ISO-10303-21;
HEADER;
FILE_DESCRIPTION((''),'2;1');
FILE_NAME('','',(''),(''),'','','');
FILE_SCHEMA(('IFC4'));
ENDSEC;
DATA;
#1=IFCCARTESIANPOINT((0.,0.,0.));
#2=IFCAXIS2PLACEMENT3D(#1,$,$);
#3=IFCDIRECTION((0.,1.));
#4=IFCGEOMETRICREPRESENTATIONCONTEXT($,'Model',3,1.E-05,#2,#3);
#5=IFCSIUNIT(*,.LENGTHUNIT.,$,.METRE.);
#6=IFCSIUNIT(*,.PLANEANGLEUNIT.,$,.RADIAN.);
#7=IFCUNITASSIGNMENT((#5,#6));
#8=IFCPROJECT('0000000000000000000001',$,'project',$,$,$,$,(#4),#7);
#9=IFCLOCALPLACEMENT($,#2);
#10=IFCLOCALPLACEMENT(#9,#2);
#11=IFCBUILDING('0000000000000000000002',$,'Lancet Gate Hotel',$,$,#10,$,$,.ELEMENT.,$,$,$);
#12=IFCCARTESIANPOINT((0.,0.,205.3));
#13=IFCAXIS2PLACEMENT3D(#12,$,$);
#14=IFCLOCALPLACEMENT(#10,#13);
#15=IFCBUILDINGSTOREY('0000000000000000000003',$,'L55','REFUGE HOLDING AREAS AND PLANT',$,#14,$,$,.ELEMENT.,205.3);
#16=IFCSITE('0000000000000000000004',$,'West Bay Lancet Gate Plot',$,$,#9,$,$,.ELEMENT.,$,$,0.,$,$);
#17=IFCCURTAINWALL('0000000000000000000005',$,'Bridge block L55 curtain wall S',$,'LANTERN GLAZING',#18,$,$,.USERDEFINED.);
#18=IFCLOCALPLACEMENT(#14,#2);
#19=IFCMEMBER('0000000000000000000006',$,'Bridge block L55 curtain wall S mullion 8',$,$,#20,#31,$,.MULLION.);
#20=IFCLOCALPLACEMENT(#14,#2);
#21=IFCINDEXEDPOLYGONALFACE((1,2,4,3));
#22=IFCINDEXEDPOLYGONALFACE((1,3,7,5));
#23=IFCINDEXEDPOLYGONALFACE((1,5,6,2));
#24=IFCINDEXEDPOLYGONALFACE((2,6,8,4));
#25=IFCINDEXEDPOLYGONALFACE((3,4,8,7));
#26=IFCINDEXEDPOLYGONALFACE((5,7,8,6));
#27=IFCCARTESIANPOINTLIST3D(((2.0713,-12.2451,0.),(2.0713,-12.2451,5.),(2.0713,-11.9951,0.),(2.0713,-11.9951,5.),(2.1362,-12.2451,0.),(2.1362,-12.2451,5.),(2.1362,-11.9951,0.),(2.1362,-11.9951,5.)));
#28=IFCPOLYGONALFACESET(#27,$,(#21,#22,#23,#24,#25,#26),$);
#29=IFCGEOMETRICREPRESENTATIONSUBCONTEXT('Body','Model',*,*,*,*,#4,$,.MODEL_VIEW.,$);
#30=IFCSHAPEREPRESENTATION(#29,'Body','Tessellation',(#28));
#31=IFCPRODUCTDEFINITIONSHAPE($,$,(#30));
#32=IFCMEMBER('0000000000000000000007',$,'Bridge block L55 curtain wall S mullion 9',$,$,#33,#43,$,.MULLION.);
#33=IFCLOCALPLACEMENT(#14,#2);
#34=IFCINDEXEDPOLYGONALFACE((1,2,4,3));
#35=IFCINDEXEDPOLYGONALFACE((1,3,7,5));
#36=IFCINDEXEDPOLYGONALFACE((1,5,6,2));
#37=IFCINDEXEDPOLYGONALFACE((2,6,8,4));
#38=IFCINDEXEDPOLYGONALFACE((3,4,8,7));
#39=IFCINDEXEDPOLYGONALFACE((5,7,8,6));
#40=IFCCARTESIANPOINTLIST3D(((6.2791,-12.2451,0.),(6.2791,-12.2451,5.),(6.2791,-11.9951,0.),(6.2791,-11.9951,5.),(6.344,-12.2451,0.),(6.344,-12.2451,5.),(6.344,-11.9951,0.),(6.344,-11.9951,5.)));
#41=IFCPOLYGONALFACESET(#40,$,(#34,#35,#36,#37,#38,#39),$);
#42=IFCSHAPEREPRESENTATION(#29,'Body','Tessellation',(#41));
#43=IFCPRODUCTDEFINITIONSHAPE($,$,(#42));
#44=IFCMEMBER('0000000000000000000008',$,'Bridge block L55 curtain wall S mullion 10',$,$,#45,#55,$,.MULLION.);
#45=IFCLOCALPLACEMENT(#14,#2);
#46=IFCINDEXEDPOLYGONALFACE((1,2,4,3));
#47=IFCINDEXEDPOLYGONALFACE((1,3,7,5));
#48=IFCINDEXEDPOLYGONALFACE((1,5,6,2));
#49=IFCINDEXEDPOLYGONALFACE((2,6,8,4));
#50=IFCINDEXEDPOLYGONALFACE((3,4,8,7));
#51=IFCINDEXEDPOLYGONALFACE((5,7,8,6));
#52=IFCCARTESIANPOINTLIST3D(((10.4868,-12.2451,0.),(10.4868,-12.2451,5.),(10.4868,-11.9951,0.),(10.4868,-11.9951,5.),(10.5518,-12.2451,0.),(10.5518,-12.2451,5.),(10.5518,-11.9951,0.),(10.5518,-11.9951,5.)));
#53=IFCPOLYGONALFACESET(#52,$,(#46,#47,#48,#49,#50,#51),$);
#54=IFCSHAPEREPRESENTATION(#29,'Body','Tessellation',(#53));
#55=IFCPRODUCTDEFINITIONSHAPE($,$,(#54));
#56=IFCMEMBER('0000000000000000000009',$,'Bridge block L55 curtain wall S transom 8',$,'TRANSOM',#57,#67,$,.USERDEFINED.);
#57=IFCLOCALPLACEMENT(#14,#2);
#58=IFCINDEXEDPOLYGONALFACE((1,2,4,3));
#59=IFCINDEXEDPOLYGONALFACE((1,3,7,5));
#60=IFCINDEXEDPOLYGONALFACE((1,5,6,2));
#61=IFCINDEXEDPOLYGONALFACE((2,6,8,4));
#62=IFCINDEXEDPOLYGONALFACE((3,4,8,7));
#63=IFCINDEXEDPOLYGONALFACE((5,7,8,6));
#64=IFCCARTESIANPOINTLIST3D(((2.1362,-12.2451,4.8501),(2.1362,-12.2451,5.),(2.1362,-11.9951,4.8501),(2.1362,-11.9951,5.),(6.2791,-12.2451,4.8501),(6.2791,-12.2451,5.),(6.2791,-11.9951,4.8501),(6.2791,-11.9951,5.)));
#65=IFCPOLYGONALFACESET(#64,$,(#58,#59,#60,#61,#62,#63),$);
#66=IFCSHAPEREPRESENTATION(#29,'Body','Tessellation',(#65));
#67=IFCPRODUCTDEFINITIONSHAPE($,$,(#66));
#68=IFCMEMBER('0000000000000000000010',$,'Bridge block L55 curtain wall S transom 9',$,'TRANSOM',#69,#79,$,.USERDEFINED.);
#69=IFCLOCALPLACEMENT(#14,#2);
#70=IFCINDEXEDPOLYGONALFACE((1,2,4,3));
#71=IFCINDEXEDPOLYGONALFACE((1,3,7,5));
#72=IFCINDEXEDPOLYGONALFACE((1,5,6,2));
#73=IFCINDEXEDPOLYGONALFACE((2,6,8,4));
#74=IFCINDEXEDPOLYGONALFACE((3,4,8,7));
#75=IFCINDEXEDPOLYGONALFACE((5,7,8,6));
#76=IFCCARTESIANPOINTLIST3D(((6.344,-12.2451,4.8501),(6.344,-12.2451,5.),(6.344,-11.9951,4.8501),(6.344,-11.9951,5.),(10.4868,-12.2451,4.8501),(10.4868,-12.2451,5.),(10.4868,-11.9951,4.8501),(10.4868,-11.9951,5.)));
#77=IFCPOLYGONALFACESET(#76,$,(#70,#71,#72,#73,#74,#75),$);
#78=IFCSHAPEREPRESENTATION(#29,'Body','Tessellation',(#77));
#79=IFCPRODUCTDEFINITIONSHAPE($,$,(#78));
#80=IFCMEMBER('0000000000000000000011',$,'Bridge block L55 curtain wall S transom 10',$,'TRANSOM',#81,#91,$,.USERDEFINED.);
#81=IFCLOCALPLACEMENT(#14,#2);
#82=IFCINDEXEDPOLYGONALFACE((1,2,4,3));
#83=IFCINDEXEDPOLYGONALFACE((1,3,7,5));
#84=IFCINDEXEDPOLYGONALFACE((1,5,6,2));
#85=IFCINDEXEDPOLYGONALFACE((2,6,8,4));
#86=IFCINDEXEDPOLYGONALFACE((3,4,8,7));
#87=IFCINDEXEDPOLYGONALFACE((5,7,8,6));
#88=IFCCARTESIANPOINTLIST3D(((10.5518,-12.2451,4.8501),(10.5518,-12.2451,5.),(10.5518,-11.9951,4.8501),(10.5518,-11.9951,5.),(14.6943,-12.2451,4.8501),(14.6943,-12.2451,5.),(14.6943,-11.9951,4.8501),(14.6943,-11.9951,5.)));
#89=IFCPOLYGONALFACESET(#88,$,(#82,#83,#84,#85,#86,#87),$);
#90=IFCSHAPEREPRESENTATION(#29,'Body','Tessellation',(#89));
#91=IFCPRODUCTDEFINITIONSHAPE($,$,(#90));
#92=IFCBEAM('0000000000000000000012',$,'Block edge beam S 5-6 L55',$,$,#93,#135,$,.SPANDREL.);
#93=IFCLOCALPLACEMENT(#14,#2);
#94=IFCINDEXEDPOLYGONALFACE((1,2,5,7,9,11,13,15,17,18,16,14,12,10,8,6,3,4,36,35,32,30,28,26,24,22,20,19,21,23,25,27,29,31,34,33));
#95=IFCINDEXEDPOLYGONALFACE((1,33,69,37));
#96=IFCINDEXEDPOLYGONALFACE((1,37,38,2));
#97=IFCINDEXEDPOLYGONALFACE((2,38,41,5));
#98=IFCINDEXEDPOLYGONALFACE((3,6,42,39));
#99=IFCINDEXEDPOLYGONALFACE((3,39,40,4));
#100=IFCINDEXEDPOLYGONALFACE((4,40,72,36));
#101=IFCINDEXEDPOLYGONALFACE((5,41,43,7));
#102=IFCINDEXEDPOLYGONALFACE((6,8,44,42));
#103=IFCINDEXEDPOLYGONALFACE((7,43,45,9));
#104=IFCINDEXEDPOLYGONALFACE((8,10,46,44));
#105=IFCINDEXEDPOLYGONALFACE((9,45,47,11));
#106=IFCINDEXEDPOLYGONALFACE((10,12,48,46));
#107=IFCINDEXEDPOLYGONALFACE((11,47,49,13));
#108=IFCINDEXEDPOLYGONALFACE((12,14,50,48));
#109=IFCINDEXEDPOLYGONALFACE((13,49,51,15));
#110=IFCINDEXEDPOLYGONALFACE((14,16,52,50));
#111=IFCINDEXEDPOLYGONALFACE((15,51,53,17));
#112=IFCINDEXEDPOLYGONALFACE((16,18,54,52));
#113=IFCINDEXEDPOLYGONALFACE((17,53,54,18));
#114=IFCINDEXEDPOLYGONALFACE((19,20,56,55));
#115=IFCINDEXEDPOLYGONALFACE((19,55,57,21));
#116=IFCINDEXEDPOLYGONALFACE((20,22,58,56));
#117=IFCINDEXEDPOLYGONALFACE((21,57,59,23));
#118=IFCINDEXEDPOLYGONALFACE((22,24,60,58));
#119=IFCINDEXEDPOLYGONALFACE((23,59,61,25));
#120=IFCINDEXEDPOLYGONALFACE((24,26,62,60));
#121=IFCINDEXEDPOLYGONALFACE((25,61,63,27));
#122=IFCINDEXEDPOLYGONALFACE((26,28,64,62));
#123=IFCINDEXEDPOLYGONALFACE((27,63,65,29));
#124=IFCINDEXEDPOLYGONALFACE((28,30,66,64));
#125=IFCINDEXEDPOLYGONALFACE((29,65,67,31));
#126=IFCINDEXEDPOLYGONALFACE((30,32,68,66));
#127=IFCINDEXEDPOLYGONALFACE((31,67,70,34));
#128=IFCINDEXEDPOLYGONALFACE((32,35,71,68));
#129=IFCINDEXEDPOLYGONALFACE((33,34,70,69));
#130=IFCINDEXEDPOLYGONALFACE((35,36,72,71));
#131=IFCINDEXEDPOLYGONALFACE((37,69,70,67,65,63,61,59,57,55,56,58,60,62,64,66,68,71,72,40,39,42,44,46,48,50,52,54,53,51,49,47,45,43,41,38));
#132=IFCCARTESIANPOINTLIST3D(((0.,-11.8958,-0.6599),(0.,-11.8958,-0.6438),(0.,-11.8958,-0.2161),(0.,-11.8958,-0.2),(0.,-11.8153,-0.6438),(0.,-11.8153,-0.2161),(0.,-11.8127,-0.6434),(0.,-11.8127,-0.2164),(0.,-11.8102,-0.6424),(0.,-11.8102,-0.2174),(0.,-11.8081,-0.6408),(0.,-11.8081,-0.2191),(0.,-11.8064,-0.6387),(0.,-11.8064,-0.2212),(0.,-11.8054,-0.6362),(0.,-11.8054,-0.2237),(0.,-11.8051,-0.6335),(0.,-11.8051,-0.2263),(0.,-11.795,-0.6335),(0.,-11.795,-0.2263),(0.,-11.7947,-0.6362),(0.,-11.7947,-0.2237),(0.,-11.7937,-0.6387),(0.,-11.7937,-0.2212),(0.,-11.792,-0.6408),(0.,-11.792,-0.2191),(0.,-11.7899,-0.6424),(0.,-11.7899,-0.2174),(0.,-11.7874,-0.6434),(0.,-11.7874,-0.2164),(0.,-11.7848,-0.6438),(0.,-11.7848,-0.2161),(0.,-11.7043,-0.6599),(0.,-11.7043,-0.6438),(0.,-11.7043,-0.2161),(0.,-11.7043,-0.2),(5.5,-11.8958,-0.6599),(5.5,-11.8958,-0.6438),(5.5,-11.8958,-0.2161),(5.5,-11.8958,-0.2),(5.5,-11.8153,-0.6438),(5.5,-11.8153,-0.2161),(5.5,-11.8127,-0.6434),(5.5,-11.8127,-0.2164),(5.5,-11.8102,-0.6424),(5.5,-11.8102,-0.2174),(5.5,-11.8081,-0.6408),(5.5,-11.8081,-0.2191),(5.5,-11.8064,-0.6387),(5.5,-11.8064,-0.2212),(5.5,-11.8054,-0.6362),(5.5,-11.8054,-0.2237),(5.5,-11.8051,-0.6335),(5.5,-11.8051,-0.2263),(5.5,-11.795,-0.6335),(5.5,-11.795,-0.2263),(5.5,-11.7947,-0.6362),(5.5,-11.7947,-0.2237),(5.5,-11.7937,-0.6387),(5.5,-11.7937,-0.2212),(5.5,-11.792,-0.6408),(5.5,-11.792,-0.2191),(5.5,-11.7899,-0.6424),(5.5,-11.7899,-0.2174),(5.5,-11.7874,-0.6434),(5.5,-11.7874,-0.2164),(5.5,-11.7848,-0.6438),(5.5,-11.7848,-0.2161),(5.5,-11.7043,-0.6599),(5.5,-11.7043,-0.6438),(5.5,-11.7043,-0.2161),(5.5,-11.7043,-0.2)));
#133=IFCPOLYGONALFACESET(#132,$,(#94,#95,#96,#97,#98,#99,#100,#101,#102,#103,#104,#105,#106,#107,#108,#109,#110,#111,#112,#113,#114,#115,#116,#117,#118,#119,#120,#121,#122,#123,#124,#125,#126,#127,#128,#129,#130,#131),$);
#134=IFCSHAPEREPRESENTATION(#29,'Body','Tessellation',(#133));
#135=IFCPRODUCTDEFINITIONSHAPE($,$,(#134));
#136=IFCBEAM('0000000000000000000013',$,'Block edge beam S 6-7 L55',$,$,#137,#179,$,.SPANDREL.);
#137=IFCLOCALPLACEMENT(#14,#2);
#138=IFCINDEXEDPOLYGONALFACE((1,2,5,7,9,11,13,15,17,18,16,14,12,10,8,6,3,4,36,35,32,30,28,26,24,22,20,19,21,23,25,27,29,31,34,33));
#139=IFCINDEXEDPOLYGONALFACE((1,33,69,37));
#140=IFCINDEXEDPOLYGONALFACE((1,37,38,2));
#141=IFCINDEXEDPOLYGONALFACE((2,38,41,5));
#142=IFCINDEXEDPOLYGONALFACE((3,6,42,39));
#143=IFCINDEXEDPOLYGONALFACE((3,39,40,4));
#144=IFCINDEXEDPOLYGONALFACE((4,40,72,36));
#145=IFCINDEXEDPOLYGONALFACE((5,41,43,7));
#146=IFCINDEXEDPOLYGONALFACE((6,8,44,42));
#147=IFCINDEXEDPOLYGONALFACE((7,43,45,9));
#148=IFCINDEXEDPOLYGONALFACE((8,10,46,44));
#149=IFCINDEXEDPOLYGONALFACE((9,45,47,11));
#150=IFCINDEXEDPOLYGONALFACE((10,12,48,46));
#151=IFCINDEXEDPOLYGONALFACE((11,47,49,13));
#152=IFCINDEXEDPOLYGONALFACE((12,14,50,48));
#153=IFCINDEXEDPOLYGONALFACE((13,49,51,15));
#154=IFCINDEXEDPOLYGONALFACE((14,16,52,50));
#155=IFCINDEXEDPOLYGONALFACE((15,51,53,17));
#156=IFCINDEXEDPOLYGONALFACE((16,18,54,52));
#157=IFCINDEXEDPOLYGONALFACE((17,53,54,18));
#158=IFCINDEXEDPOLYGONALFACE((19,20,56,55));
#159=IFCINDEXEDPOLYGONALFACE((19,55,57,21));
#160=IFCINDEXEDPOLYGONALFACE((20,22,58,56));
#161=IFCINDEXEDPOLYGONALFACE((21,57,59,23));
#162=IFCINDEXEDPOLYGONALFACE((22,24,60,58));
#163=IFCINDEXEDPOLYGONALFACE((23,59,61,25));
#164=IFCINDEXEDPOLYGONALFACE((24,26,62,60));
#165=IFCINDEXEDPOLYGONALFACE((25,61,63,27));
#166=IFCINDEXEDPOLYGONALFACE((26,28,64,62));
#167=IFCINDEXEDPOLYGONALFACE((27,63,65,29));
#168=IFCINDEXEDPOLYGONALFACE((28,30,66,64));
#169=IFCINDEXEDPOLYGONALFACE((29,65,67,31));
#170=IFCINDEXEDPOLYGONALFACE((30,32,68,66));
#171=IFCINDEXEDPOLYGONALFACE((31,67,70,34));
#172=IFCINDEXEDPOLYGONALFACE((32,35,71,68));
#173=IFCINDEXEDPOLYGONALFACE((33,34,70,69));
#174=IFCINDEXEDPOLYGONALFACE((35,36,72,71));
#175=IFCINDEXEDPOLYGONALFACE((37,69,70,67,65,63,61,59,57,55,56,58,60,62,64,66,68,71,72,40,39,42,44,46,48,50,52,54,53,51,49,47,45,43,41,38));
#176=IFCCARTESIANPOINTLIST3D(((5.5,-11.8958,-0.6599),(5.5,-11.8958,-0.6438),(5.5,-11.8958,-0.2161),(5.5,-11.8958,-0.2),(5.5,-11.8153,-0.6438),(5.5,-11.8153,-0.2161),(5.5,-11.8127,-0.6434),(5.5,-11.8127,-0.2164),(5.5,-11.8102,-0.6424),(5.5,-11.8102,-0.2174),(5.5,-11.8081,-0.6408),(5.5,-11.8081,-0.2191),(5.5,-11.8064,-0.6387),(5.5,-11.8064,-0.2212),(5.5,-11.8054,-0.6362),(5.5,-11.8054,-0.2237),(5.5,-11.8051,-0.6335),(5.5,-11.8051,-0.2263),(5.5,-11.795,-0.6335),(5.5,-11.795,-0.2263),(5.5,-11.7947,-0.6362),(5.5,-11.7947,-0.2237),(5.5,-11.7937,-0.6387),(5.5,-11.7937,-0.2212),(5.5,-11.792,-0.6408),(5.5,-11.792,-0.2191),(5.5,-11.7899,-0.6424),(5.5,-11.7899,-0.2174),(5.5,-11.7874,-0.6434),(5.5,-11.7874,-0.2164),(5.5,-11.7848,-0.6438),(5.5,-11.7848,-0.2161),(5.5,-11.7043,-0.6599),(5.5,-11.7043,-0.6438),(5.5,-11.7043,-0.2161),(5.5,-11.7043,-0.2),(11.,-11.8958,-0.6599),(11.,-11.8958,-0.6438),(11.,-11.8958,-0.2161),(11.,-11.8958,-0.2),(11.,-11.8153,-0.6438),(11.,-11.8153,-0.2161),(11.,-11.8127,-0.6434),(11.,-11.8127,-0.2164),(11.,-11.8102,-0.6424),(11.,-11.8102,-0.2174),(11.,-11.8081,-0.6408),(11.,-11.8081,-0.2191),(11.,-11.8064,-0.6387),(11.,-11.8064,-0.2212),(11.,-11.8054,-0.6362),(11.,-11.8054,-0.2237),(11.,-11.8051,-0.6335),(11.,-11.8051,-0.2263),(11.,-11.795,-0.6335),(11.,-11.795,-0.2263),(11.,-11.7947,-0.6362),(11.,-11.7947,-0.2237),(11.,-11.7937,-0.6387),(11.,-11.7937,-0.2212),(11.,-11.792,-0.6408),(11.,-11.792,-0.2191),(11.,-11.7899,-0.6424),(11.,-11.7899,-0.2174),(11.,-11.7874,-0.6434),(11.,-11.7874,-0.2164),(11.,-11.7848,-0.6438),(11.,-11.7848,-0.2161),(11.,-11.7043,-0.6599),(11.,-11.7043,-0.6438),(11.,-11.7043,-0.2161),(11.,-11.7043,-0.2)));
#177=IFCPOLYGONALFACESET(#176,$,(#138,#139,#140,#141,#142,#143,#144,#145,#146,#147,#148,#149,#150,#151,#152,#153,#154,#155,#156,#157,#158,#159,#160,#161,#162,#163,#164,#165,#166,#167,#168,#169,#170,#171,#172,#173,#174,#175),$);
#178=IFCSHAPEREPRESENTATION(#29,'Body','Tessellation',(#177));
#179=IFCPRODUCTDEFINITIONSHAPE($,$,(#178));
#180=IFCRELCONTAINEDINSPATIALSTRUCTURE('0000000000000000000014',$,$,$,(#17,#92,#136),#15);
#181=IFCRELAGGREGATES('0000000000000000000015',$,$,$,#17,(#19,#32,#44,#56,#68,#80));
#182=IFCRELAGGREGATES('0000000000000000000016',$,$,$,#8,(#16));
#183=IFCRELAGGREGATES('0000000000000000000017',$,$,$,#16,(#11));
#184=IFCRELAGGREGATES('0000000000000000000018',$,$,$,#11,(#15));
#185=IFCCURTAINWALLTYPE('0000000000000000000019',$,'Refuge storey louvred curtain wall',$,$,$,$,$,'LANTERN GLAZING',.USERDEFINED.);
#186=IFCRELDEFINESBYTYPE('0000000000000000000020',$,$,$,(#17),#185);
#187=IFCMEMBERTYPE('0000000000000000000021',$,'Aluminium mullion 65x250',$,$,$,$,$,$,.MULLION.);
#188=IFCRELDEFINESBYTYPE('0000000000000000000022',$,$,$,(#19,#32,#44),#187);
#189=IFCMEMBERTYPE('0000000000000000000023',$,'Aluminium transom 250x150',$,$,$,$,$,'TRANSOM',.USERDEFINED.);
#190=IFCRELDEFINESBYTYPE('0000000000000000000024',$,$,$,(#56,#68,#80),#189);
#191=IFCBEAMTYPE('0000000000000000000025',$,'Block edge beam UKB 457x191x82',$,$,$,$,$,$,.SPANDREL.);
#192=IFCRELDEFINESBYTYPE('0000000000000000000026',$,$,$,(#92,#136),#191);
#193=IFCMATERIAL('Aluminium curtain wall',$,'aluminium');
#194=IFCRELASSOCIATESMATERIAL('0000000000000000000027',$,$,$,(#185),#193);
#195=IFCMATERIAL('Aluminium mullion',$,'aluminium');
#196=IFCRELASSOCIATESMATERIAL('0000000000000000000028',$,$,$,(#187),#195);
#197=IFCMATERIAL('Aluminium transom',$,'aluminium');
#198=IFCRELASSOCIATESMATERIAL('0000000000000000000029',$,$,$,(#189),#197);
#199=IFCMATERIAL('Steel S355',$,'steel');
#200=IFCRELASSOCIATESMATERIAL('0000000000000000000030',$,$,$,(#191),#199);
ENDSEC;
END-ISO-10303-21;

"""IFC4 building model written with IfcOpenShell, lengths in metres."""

from ifc_helpers import new_model, si_unit, direction, frame, origin, origin_2d, place, context, subcontext, project, spatial, rectangle, i_section, extrude, material, material_profile, profile_set, type_object, element, aggregate, save


model = new_model("IFC4")

# Units and contexts
model_context = context("Model", 3, precision=1e-05, world=origin(), true_north=direction((0.0, 1.0)))
body_context = subcontext(model_context, "Body", "Model", "MODEL_VIEW")
ifc_project = project(units=[si_unit("LENGTHUNIT", "METRE"), si_unit("PLANEANGLEUNIT", "RADIAN")], contexts=[model_context])

# Site, building, storey
site_placement = place(None, origin())
site = spatial("IfcSite", under=ifc_project, at=site_placement, Name="West Bay Lancet Gate Plot", CompositionType="ELEMENT", RefElevation=0.0)
building_placement = place(site_placement, origin())
building = spatial("IfcBuilding", under=site, at=building_placement, Name="Lancet Gate Hotel", CompositionType="ELEMENT")
storey_placement = place(building_placement, frame((0.0, 0.0, 205.3)))
storey = spatial("IfcBuildingStorey", under=building, at=storey_placement, Name="L55", Description="REFUGE HOLDING AREAS AND PLANT", CompositionType="ELEMENT", Elevation=205.3)

# Curtain wall, members
ifc_material_1 = material(Name="Aluminium curtain wall", Category="aluminium")
curtain_wall_type = type_object("IfcCurtainWallType", Name="Refuge storey louvred curtain wall", ElementType="LANTERN GLAZING", PredefinedType="USERDEFINED", material=ifc_material_1)
curtain_wall_placement = place(storey_placement, origin())
curtain_wall = element("IfcCurtainWall", 1, at=curtain_wall_placement, inside=storey, type_object=curtain_wall_type, Name="Bridge block L55 curtain wall S", ObjectType="LANTERN GLAZING", PredefinedType="USERDEFINED")
ifc_material_2 = material(Name="Aluminium mullion", Category="aluminium")
ifc_material_profile_1 = material_profile(ifc_material_2, rectangle(XDim=0.0649, YDim=0.25, at=origin_2d()), Name="MULLION 65x250")
ifc_profile_set_1 = profile_set([ifc_material_profile_1], Name="Aluminium mullion")
member_type_1 = type_object("IfcMemberType", Name="Aluminium mullion 65x250", PredefinedType="MULLION", material=ifc_profile_set_1)
member_1_placement = place(storey_placement, frame((2.1038, -12.1201, 0.0), z_axis=(0.0, 0.0, 1.0), x_axis=(1.0, 0.0, 0.0)))
member_1 = element("IfcMember", 2, at=member_1_placement, type_object=member_type_1, Name="Bridge block L55 curtain wall S mullion 8", PredefinedType="MULLION", context=body_context, shape_type="SweptSolid", body=[
    extrude(rectangle(XDim=0.0649, YDim=0.25, at=origin_2d()), origin(), (0.0, 0.0, 1.0), 5.0),
])
member_2_placement = place(storey_placement, frame((6.3115, -12.1201, 0.0), z_axis=(0.0, 0.0, 1.0), x_axis=(1.0, 0.0, 0.0)))
member_2 = element("IfcMember", 3, at=member_2_placement, type_object=member_type_1, Name="Bridge block L55 curtain wall S mullion 9", PredefinedType="MULLION", context=body_context, shape_type="SweptSolid", body=[
    extrude(rectangle(XDim=0.0649, YDim=0.25, at=origin_2d()), origin(), (0.0, 0.0, 1.0), 5.0),
])
member_3_placement = place(storey_placement, frame((10.5193, -12.1201, 0.0), z_axis=(0.0, 0.0, 1.0), x_axis=(1.0, 0.0, 0.0)))
member_3 = element("IfcMember", 4, at=member_3_placement, type_object=member_type_1, Name="Bridge block L55 curtain wall S mullion 10", PredefinedType="MULLION", context=body_context, shape_type="SweptSolid", body=[
    extrude(rectangle(XDim=0.0649, YDim=0.25, at=origin_2d()), origin(), (0.0, 0.0, 1.0), 5.0),
])
ifc_material_3 = material(Name="Aluminium transom", Category="aluminium")
ifc_material_profile_2 = material_profile(ifc_material_3, rectangle(XDim=0.25, YDim=0.1499, at=origin_2d()), Name="TRANSOM 250x150")
ifc_profile_set_2 = profile_set([ifc_material_profile_2], Name="Aluminium transom")
member_type_2 = type_object("IfcMemberType", Name="Aluminium transom 250x150", ElementType="TRANSOM", PredefinedType="USERDEFINED", material=ifc_profile_set_2)
member_4_placement = place(storey_placement, frame((2.1362, -12.1201, 4.925), z_axis=(1.0, 0.0, 0.0), x_axis=(0.0, 1.0, 0.0)))
member_4 = element("IfcMember", 5, at=member_4_placement, type_object=member_type_2, Name="Bridge block L55 curtain wall S transom 8", ObjectType="TRANSOM", PredefinedType="USERDEFINED", context=body_context, shape_type="SweptSolid", body=[
    extrude(rectangle(XDim=0.25, YDim=0.1499, at=origin_2d()), origin(), (0.0, 0.0, 1.0), 4.1428),
])
member_5_placement = place(storey_placement, frame((6.344, -12.1201, 4.925), z_axis=(1.0, 0.0, 0.0), x_axis=(0.0, 1.0, 0.0)))
member_5 = element("IfcMember", 6, at=member_5_placement, type_object=member_type_2, Name="Bridge block L55 curtain wall S transom 9", ObjectType="TRANSOM", PredefinedType="USERDEFINED", context=body_context, shape_type="SweptSolid", body=[
    extrude(rectangle(XDim=0.25, YDim=0.1499, at=origin_2d()), origin(), (0.0, 0.0, 1.0), 4.1428),
])
member_6_placement = place(storey_placement, frame((10.5518, -12.1201, 4.925), z_axis=(1.0, 0.0, 0.0), x_axis=(0.0, 1.0, 0.0)))
member_6 = element("IfcMember", 7, at=member_6_placement, type_object=member_type_2, Name="Bridge block L55 curtain wall S transom 10", ObjectType="TRANSOM", PredefinedType="USERDEFINED", context=body_context, shape_type="SweptSolid", body=[
    extrude(rectangle(XDim=0.25, YDim=0.1499, at=origin_2d()), origin(), (0.0, 0.0, 1.0), 4.1426),
])

# Beams
ifc_material_4 = material(Name="Steel S355", Category="steel")
ifc_material_profile_3 = material_profile(ifc_material_4, i_section(OverallWidth=0.1914, OverallDepth=0.46, WebThickness=0.01, FlangeThickness=0.0161, FilletRadius=0.0103, at=origin_2d()), Name="UKB 457x191x82")
ifc_profile_set_3 = profile_set([ifc_material_profile_3], Name="Steel S355")
beam_type_1 = type_object("IfcBeamType", Name="Block edge beam UKB 457x191x82", PredefinedType="SPANDREL", material=ifc_profile_set_3)
for number, where, z_axis, x_axis, name in (
    (8, (0.0, -11.8, -0.4299), (1.0, 0.0, 0.0), (0.0, 1.0, 0.0), "Block edge beam S 5-6 L55"),
    (9, (5.5, -11.8, -0.4299), (1.0, 0.0, 0.0), (0.0, 1.0, 0.0), "Block edge beam S 6-7 L55"),
):
    element("IfcBeam", number, at=place(storey_placement, frame(where, z_axis=z_axis, x_axis=x_axis)), inside=storey, type_object=beam_type_1, Name=name, PredefinedType="SPANDREL", context=body_context, shape_type="SweptSolid", body=[
        extrude(i_section(OverallWidth=0.1914, OverallDepth=0.46, WebThickness=0.01, FlangeThickness=0.0161, FilletRadius=0.0103, at=origin_2d()), origin(), (0.0, 0.0, 1.0), 5.5),
    ])

aggregate(curtain_wall, [member_1, member_2, member_3, member_4, member_5, member_6])

save(model, "model.ifc")
